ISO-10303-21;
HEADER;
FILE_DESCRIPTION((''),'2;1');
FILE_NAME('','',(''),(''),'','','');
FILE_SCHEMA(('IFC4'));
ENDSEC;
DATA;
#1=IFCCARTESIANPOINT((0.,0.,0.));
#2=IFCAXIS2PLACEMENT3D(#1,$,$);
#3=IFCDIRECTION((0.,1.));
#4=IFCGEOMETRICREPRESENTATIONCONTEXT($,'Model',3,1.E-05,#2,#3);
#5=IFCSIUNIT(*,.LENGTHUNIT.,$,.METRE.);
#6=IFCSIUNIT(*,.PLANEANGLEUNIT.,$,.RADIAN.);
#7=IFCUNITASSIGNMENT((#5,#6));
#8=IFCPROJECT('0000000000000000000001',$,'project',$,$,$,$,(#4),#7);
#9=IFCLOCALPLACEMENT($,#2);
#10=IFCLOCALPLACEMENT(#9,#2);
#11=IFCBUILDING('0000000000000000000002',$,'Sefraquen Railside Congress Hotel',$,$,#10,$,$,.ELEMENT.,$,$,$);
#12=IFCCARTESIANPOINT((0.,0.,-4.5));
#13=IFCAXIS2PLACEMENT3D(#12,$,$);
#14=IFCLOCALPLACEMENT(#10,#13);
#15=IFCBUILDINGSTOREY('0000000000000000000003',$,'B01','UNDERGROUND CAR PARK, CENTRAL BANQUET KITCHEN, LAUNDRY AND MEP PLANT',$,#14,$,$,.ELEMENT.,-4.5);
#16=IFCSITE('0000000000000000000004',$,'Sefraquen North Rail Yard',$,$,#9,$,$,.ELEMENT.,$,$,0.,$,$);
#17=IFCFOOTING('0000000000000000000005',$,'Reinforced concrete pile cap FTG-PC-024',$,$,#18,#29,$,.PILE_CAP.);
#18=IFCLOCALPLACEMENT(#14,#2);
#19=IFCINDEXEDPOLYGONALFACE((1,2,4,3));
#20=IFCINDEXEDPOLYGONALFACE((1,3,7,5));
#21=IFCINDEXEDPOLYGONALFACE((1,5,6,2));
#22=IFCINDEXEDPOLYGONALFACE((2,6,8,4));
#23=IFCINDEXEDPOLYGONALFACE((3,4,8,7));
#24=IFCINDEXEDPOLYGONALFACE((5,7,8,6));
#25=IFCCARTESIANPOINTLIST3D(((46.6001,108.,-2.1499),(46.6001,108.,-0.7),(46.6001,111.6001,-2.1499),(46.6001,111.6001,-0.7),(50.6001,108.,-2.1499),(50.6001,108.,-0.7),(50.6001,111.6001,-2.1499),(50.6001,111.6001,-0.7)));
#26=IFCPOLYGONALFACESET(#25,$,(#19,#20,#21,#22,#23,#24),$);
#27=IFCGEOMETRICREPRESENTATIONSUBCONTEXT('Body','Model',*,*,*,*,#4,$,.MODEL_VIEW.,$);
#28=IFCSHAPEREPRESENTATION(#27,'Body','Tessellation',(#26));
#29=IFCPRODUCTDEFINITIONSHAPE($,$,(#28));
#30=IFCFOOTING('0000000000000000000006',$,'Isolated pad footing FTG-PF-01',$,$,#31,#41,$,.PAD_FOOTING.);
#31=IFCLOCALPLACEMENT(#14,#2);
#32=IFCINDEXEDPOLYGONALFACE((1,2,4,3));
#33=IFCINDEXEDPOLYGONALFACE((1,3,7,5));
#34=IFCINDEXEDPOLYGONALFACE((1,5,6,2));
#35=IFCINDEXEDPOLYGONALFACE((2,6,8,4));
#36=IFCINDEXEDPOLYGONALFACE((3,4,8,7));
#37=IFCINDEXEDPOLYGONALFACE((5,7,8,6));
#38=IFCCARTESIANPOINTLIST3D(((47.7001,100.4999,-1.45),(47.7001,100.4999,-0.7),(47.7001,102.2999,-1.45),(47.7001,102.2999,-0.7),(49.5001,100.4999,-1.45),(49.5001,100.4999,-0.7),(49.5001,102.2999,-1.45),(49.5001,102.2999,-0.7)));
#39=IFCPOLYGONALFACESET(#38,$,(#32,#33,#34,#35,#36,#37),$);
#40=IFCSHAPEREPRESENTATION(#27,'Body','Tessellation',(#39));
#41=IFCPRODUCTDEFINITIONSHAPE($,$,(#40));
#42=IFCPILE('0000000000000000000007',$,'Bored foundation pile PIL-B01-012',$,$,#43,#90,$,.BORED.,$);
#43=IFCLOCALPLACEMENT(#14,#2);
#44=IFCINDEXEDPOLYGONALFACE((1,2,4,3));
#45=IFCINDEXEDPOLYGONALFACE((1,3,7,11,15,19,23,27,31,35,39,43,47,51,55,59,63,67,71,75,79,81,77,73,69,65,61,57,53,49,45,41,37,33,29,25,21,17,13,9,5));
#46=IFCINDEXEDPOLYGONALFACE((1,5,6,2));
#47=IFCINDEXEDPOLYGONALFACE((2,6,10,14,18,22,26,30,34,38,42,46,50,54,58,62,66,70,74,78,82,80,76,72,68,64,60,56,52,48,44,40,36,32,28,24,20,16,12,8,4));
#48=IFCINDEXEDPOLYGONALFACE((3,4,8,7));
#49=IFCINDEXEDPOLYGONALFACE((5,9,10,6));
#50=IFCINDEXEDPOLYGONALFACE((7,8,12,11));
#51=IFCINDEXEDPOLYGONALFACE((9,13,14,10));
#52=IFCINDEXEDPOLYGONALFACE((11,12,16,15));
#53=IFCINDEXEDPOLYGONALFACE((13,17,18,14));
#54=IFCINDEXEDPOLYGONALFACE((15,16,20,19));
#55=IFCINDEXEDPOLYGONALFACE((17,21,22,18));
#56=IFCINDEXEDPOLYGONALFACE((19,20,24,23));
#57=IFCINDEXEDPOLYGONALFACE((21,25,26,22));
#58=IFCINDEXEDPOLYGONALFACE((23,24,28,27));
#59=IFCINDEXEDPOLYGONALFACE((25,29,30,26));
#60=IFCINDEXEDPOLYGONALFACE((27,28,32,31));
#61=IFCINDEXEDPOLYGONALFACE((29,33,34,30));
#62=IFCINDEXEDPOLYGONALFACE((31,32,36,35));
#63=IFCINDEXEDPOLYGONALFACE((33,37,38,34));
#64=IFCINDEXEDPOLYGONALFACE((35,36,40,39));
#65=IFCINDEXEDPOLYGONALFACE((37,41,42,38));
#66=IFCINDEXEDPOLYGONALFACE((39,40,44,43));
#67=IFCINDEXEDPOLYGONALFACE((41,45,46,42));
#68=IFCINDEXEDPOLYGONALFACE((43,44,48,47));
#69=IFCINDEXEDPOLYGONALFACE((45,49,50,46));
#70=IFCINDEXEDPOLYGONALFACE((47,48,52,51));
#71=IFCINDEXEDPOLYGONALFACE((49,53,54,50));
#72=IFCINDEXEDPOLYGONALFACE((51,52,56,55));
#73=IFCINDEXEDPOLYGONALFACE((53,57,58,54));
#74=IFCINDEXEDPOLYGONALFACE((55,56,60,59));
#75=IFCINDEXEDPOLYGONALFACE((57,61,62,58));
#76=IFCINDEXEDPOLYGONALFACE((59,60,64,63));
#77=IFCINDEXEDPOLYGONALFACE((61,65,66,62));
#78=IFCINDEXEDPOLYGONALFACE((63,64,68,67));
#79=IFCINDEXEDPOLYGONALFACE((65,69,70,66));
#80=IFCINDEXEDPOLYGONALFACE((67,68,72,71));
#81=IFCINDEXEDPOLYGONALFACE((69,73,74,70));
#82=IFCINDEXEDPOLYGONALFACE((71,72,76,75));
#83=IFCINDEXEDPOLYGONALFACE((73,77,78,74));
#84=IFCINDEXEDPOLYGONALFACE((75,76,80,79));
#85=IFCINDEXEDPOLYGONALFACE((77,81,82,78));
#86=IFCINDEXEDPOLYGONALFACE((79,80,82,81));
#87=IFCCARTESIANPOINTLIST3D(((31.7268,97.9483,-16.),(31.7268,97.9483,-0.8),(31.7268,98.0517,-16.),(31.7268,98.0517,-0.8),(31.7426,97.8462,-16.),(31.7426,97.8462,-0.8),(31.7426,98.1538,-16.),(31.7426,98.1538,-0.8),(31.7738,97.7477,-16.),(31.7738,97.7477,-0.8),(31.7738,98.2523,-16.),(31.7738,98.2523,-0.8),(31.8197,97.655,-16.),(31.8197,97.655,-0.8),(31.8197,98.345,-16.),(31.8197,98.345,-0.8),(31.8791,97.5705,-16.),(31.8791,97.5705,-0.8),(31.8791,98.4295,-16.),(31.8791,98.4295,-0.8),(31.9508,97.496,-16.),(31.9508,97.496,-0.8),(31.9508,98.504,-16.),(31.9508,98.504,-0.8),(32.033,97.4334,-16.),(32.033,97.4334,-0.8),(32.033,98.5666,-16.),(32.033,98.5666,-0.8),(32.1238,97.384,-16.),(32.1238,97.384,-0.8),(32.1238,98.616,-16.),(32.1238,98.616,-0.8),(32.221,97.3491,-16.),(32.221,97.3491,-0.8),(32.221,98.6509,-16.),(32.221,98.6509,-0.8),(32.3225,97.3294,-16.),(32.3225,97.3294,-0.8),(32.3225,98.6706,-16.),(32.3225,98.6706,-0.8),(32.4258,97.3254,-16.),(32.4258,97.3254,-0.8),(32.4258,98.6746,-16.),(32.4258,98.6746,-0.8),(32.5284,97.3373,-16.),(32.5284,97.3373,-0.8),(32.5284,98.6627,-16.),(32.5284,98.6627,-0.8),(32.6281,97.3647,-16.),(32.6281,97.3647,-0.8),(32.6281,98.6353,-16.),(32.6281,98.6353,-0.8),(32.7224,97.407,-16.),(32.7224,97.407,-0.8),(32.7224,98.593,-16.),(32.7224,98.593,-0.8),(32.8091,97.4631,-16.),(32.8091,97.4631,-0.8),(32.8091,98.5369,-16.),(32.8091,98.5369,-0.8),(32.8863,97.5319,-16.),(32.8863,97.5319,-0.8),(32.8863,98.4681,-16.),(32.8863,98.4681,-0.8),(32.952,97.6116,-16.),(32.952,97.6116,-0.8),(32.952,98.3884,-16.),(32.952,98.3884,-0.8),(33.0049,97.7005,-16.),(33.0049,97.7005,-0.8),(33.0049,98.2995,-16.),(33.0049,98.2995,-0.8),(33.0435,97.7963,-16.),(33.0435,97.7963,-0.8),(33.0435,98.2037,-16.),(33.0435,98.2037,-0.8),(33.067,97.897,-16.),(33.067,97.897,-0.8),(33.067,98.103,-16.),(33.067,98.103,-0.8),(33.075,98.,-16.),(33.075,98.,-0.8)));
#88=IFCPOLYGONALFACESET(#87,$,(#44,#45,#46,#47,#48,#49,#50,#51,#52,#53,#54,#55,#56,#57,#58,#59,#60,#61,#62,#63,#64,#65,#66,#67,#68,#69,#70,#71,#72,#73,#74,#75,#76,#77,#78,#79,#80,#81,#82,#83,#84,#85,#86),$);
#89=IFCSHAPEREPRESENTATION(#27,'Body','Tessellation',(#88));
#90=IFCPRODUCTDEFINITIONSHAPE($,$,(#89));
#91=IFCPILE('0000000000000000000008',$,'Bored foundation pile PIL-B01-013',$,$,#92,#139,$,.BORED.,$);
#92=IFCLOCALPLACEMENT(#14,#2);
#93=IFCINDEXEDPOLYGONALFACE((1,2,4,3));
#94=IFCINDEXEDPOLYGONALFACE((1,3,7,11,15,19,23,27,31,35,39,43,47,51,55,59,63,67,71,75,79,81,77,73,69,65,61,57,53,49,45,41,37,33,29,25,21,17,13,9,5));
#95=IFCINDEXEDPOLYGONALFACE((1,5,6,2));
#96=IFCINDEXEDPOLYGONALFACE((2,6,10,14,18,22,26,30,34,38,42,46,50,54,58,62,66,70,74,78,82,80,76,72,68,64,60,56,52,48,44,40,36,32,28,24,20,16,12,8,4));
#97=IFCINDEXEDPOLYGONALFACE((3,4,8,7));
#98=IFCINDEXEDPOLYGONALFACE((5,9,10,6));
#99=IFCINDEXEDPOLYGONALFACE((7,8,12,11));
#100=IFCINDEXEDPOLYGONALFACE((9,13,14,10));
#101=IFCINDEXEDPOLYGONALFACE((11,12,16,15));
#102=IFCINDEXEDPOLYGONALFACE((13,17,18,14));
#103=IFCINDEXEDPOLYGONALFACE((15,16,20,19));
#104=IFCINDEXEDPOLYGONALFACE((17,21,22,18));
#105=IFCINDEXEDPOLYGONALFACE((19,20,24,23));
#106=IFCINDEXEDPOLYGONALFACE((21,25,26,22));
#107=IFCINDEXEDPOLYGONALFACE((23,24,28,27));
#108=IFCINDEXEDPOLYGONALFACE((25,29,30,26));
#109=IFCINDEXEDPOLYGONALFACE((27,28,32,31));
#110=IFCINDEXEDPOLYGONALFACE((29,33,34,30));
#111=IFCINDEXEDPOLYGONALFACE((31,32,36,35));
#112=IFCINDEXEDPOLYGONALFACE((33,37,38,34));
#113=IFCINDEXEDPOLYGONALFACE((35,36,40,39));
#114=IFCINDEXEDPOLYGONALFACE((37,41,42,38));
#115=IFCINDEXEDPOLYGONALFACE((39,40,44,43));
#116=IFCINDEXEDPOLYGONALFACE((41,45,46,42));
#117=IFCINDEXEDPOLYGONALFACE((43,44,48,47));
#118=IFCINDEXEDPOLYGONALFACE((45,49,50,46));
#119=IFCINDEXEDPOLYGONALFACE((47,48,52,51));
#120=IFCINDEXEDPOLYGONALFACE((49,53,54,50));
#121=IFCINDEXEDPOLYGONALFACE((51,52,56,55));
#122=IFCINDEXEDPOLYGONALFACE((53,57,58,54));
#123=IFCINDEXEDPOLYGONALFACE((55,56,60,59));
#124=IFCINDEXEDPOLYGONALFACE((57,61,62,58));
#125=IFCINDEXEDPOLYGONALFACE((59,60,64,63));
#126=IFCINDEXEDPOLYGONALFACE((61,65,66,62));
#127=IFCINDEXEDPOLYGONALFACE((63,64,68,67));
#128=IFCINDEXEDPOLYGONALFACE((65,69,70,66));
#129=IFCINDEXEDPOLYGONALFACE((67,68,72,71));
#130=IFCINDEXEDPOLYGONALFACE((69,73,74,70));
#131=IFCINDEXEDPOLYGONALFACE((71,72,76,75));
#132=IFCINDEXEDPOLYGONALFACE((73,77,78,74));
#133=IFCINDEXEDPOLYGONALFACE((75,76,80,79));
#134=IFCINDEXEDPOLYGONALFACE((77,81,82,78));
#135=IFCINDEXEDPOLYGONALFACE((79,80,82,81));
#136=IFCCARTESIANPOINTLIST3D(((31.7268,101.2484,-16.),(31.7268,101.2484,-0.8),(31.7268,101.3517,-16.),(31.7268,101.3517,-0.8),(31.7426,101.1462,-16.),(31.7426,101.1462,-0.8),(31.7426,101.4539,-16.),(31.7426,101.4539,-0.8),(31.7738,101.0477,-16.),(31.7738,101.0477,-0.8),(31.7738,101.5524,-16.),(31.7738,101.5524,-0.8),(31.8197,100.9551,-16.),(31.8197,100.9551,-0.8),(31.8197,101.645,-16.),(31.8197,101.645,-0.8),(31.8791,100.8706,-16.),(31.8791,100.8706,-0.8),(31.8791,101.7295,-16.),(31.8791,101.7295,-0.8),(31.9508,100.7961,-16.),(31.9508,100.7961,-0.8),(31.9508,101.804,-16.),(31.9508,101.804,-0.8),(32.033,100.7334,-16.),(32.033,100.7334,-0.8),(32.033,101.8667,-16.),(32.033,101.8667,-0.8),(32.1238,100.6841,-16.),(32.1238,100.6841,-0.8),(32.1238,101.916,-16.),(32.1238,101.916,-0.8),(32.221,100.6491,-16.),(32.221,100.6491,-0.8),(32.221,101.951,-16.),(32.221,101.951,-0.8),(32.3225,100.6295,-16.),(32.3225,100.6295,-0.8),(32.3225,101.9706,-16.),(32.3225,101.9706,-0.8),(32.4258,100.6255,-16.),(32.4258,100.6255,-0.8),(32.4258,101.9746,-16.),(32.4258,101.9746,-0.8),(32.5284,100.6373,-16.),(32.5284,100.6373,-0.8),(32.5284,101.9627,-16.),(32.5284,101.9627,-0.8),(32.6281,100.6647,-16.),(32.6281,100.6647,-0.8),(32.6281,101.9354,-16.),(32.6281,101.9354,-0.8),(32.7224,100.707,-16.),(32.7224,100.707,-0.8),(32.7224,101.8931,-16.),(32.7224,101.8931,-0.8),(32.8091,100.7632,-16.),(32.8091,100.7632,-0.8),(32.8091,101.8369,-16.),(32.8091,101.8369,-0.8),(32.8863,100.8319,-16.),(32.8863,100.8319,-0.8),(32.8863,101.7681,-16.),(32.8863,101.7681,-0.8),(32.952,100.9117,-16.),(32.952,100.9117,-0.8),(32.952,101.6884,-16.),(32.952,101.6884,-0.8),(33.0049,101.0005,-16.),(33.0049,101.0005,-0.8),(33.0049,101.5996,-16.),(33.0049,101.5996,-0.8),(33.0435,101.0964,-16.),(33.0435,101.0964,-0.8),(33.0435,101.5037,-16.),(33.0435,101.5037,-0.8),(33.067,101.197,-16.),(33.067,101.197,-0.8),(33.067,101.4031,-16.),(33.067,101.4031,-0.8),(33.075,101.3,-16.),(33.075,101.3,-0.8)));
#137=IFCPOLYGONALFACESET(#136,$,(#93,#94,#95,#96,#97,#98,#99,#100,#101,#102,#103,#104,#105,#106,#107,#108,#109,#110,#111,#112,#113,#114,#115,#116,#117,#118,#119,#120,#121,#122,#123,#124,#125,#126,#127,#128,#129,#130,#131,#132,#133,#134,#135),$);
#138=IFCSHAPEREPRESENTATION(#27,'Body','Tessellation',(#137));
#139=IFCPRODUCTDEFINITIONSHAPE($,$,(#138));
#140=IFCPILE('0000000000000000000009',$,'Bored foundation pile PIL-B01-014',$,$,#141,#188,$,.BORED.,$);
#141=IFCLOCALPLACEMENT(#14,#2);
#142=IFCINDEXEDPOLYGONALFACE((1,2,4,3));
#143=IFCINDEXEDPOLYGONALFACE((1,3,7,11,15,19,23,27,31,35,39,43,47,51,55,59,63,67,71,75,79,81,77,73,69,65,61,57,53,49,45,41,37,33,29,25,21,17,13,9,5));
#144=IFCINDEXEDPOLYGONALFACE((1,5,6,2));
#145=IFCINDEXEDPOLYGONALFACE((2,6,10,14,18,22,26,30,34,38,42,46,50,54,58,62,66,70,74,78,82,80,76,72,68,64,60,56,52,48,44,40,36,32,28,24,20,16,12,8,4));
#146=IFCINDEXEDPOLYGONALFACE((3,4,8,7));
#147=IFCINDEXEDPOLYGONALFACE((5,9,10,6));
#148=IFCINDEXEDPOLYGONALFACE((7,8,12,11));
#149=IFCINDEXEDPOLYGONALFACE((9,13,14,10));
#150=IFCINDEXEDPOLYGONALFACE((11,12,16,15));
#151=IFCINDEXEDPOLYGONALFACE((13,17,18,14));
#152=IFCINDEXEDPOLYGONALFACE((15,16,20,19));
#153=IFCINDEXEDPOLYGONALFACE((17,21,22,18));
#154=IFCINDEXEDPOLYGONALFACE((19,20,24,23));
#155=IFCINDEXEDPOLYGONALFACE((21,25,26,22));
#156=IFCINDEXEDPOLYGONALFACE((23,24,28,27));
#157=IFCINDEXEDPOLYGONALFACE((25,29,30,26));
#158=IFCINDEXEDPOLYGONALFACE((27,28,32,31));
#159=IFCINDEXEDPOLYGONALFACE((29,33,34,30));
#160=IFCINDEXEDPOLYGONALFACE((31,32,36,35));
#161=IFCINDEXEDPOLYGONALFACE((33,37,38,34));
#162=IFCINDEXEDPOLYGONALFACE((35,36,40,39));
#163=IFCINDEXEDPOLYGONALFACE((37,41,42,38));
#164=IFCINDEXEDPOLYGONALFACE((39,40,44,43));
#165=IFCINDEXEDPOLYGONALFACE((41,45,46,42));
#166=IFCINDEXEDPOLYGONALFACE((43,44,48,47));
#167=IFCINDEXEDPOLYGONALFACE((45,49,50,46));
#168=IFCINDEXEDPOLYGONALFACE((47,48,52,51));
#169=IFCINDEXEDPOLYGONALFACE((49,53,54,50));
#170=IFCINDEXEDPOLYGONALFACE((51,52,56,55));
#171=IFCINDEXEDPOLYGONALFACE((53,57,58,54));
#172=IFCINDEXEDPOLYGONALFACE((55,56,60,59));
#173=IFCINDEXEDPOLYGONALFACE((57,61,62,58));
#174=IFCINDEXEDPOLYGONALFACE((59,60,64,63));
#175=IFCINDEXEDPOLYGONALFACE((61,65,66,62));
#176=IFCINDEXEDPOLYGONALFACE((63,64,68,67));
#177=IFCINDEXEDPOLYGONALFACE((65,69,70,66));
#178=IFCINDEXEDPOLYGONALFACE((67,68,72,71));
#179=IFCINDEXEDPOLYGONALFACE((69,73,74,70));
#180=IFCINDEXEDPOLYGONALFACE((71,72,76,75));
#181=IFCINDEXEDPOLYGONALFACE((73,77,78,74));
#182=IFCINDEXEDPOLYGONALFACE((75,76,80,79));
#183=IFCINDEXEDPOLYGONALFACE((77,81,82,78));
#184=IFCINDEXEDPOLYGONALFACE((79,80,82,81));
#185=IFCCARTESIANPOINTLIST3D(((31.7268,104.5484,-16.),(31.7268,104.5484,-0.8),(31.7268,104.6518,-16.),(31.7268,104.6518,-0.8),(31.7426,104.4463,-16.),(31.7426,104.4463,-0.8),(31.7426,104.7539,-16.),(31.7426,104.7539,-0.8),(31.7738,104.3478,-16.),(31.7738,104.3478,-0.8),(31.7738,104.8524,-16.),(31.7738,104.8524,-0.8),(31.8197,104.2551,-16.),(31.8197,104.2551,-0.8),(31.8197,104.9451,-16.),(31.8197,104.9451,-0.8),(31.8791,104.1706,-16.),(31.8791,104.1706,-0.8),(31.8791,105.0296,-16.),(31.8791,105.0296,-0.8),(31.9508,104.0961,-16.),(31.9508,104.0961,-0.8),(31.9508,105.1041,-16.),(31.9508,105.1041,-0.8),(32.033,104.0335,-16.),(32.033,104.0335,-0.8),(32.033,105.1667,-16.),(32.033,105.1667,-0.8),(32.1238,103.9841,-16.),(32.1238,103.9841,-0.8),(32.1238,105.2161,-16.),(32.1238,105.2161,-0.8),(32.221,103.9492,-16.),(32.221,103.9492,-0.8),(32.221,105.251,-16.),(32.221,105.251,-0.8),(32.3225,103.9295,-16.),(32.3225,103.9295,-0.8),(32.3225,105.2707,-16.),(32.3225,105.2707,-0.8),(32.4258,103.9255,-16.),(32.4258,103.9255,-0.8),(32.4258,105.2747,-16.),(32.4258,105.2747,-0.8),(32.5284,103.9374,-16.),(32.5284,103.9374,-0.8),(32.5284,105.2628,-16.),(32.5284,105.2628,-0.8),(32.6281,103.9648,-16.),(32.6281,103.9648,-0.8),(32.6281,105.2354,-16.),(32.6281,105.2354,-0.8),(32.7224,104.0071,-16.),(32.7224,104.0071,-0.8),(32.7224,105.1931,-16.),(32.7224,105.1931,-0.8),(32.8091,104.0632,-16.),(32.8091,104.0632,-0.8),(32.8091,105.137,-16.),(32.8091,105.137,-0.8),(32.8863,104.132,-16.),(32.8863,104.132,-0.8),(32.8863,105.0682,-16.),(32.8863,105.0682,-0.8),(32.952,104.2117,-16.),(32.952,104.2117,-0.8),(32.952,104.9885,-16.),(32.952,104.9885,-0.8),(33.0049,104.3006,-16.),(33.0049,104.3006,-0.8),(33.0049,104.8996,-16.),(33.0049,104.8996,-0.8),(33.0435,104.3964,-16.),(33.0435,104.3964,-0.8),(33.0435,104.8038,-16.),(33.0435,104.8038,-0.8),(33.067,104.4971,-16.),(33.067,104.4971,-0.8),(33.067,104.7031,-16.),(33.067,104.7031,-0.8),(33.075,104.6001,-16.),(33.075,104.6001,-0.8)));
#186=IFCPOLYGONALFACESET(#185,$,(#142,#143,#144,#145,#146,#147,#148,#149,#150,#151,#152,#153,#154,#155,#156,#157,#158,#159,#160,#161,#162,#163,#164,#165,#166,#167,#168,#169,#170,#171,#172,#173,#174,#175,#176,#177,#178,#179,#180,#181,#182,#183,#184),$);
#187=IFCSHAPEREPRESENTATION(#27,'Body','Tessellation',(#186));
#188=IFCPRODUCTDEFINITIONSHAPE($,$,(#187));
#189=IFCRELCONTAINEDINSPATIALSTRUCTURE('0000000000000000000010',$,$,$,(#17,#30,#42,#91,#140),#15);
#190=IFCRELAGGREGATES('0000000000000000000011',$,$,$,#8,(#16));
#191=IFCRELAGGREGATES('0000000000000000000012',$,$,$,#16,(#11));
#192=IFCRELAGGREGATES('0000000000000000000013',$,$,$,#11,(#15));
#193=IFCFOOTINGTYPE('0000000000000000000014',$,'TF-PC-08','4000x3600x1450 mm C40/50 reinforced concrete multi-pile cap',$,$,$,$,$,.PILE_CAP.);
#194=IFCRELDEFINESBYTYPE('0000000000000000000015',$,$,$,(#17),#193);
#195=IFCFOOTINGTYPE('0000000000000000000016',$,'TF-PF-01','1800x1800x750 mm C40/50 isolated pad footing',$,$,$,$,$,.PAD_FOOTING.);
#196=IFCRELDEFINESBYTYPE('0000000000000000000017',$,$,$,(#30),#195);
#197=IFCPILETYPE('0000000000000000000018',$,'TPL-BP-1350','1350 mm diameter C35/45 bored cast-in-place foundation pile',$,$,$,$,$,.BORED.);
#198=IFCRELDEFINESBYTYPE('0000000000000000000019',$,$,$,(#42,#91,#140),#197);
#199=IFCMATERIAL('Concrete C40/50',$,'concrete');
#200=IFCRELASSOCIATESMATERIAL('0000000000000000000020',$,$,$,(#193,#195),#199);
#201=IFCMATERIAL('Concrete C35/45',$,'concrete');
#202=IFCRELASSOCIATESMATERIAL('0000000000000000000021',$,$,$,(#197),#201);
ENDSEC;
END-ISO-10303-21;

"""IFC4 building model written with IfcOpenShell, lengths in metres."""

from ifc_helpers import new_model, si_unit, direction, frame, origin, origin_2d, place, context, subcontext, project, spatial, rectangle, circle, extrude, material, material_profile, profile_set, type_object, element, save


model = new_model("IFC4")

# Units and contexts
model_context = context("Model", 3, precision=1e-05, world=origin(), true_north=direction((0.0, 1.0)))
body_context = subcontext(model_context, "Body", "Model", "MODEL_VIEW")
ifc_project = project(units=[si_unit("LENGTHUNIT", "METRE"), si_unit("PLANEANGLEUNIT", "RADIAN")], contexts=[model_context])

# Site, building, storey
site_placement = place(None, origin())
site = spatial("IfcSite", under=ifc_project, at=site_placement, Name="Sefraquen North Rail Yard", CompositionType="ELEMENT", RefElevation=0.0)
building_placement = place(site_placement, origin())
building = spatial("IfcBuilding", under=site, at=building_placement, Name="Sefraquen Railside Congress Hotel", CompositionType="ELEMENT")
storey_placement = place(building_placement, frame((0.0, 0.0, -4.5)))
storey = spatial("IfcBuildingStorey", under=building, at=storey_placement, Name="B01", Description="UNDERGROUND CAR PARK, CENTRAL BANQUET KITCHEN, LAUNDRY AND MEP PLANT", CompositionType="ELEMENT", Elevation=-4.5)

# Footings
ifc_material_1 = material(Name="Concrete C40/50", Category="concrete")
footing_type_1 = type_object("IfcFootingType", Name="TF-PC-08", Description="4000x3600x1450 mm C40/50 reinforced concrete multi-pile cap", PredefinedType="PILE_CAP", material=ifc_material_1)
footing_1_placement = place(storey_placement, frame((48.6001, 109.8, -2.1499), z_axis=(0.0, 0.0, 1.0), x_axis=(1.0, 0.0, 0.0)))
element("IfcFooting", 1, at=footing_1_placement, inside=storey, type_object=footing_type_1, Name="Reinforced concrete pile cap FTG-PC-024", PredefinedType="PILE_CAP", context=body_context, shape_type="SweptSolid", body=[
    extrude(rectangle(XDim=4.0, YDim=3.6001, at=origin_2d()), origin(), (0.0, 0.0, 1.0), 1.45),
])
footing_type_2 = type_object("IfcFootingType", Name="TF-PF-01", Description="1800x1800x750 mm C40/50 isolated pad footing", PredefinedType="PAD_FOOTING", material=ifc_material_1)
footing_2_placement = place(storey_placement, frame((48.6001, 101.3999, -1.45), z_axis=(0.0, 0.0, 1.0), x_axis=(1.0, 0.0, 0.0)))
element("IfcFooting", 2, at=footing_2_placement, inside=storey, type_object=footing_type_2, Name="Isolated pad footing FTG-PF-01", PredefinedType="PAD_FOOTING", context=body_context, shape_type="SweptSolid", body=[
    extrude(rectangle(XDim=1.8, YDim=1.8, at=origin_2d()), origin(), (0.0, 0.0, 1.0), 0.75),
])

# Piles
ifc_material_2 = material(Name="Concrete C35/45", Category="concrete")
ifc_material_profile_1 = material_profile(ifc_material_2, circle(Radius=0.675, at=origin_2d()), Name="BORED PILE 1350")
ifc_profile_set_1 = profile_set([ifc_material_profile_1], Name="Concrete C35/45")
pile_type_1 = type_object("IfcPileType", Name="TPL-BP-1350", Description="1350 mm diameter C35/45 bored cast-in-place foundation pile", PredefinedType="BORED", material=ifc_profile_set_1)
for number, where, z_axis, x_axis, name in (
    (3, (32.3999, 98.0, -0.8), (0.0, 0.0, -1.0), (1.0, 0.0, 0.0), "Bored foundation pile PIL-B01-012"),
    (4, (32.3999, 101.3, -0.8), (0.0, 0.0, -1.0), (1.0, 0.0, 0.0), "Bored foundation pile PIL-B01-013"),
    (5, (32.3999, 104.6001, -0.8), (0.0, 0.0, -1.0), (1.0, 0.0, 0.0), "Bored foundation pile PIL-B01-014"),
):
    element("IfcPile", number, at=place(storey_placement, frame(where, z_axis=z_axis, x_axis=x_axis)), inside=storey, type_object=pile_type_1, Name=name, PredefinedType="BORED", context=body_context, shape_type="SweptSolid", body=[
        extrude(circle(Radius=0.675, at=origin_2d()), origin(), (0.0, 0.0, 1.0), 15.2),
    ])

save(model, "model.ifc")
